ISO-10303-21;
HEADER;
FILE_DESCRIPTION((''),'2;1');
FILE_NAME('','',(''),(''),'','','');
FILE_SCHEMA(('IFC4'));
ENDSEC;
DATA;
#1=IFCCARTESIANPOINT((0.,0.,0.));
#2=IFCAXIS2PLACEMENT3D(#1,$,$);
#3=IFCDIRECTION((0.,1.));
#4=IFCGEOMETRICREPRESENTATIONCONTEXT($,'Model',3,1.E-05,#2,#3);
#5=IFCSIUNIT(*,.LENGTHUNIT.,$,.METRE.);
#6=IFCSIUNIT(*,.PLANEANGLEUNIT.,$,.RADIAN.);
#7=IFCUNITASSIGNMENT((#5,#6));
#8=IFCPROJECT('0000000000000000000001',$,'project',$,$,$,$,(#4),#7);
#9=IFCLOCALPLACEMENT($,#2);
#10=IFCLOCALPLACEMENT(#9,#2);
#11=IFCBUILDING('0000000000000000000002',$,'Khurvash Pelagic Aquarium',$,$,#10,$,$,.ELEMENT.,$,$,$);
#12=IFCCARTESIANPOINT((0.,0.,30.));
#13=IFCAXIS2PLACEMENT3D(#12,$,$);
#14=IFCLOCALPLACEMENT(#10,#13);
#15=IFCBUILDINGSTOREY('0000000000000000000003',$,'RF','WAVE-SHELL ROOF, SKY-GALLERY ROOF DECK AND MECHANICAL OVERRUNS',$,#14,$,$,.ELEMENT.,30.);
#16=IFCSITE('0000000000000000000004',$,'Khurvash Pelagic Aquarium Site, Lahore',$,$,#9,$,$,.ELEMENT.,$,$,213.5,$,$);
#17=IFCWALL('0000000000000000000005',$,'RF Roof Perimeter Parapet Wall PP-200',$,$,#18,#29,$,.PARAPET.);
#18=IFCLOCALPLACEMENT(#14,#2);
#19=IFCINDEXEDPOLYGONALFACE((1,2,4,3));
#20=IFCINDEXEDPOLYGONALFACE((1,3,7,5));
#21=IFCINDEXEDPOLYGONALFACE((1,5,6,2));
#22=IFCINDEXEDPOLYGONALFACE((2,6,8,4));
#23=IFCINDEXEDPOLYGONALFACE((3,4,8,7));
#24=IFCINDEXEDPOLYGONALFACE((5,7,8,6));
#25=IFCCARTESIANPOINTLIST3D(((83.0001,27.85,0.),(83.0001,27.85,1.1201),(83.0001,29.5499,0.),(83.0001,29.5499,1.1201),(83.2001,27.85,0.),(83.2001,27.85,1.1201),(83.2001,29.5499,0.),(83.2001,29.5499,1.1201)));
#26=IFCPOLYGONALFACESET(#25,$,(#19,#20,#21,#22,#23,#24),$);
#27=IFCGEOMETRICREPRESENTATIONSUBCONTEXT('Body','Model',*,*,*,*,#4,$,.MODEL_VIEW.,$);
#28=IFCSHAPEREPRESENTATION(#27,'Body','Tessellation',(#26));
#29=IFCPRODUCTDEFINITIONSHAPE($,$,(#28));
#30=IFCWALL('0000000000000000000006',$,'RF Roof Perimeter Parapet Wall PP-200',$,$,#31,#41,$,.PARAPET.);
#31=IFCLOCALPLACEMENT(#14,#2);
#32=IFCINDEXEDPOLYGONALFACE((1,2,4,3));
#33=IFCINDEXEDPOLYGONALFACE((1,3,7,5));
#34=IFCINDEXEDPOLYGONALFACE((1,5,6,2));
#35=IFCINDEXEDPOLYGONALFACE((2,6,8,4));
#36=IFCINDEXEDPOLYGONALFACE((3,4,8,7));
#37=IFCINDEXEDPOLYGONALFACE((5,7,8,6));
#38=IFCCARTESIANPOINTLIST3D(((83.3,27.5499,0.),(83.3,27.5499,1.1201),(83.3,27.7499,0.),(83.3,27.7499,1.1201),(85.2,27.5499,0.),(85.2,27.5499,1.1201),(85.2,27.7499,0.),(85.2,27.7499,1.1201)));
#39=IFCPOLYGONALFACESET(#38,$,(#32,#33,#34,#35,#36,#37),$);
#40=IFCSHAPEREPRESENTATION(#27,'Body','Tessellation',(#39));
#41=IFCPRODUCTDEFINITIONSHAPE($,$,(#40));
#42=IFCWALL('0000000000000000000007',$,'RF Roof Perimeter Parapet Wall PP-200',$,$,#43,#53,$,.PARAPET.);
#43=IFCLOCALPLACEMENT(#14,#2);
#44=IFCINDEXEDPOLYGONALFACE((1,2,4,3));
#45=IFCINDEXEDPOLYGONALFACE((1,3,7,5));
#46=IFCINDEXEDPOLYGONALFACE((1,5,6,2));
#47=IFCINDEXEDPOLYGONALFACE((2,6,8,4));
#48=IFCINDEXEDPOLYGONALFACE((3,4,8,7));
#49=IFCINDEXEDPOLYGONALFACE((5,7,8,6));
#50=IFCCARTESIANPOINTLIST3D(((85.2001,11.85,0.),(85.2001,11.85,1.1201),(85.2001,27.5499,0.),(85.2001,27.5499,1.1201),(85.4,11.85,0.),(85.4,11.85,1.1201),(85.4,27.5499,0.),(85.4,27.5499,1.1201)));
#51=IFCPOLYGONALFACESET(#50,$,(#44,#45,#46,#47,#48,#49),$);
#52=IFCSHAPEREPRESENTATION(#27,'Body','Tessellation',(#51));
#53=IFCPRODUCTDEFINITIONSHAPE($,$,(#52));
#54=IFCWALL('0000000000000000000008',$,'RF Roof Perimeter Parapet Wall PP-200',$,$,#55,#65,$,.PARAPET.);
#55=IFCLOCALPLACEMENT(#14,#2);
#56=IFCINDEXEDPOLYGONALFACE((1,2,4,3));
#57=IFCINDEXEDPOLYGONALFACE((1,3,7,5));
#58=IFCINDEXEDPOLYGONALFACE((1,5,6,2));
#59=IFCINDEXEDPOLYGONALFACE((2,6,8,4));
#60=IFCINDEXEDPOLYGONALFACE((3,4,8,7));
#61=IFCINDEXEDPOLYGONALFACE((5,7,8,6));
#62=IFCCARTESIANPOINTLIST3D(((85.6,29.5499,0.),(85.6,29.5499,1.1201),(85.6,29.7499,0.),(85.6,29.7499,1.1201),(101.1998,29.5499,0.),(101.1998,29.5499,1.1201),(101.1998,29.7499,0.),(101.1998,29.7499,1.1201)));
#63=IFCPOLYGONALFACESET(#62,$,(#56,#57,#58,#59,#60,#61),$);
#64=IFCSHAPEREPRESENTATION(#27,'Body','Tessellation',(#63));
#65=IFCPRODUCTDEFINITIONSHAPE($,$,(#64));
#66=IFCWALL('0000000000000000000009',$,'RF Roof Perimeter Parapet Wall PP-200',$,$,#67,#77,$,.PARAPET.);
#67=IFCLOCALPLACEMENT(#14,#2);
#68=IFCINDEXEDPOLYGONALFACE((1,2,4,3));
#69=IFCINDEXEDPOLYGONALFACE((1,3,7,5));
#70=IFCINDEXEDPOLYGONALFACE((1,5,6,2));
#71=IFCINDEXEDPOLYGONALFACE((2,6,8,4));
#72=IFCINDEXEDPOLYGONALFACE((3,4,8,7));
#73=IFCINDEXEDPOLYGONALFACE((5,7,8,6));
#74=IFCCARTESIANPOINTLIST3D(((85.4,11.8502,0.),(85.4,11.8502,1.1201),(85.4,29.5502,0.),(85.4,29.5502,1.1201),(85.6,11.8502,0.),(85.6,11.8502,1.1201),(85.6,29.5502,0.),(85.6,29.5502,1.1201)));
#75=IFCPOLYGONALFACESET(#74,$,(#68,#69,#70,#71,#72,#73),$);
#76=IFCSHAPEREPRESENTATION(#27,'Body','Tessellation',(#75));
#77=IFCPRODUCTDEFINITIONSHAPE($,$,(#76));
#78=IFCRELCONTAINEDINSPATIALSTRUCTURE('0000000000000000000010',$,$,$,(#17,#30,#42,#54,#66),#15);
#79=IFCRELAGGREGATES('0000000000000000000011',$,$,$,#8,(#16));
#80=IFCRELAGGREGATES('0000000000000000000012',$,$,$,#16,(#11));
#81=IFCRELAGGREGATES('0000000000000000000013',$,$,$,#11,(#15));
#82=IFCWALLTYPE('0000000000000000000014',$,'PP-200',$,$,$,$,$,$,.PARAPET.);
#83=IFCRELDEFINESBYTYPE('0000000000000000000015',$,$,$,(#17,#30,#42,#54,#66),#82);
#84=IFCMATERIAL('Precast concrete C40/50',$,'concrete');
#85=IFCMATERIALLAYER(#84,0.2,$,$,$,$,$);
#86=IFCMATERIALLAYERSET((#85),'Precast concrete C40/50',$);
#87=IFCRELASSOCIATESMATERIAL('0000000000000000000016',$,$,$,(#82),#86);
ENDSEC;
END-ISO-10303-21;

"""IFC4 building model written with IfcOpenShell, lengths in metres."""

from ifc_helpers import new_model, si_unit, direction, frame, frame_2d, origin, place, context, subcontext, project, spatial, rectangle, extrude, material, layer, layer_set, type_object, element, save


model = new_model("IFC4")

# Units and contexts
model_context = context("Model", 3, precision=1e-05, world=origin(), true_north=direction((0.0, 1.0)))
body_context = subcontext(model_context, "Body", "Model", "MODEL_VIEW")
ifc_project = project(units=[si_unit("LENGTHUNIT", "METRE"), si_unit("PLANEANGLEUNIT", "RADIAN")], contexts=[model_context])

# Site, building, storey
site_placement = place(None, origin())
site = spatial("IfcSite", under=ifc_project, at=site_placement, Name="Khurvash Pelagic Aquarium Site, Lahore", CompositionType="ELEMENT", RefElevation=213.5)
building_placement = place(site_placement, origin())
building = spatial("IfcBuilding", under=site, at=building_placement, Name="Khurvash Pelagic Aquarium", CompositionType="ELEMENT")
storey_placement = place(building_placement, frame((0.0, 0.0, 30.0)))
storey = spatial("IfcBuildingStorey", under=building, at=storey_placement, Name="RF", Description="WAVE-SHELL ROOF, SKY-GALLERY ROOF DECK AND MECHANICAL OVERRUNS", CompositionType="ELEMENT", Elevation=30.0)

# Walls
ifc_material_1 = material(Name="Precast concrete C40/50", Category="concrete")
ifc_layer = layer(ifc_material_1, 0.2)
ifc_layer_set = layer_set([ifc_layer], Name="Precast concrete C40/50")
wall_type = type_object("IfcWallType", Name="PP-200", PredefinedType="PARAPET", material=ifc_layer_set)
wall_1_placement = place(storey_placement, frame((83.1001, 29.55, 0.0), z_axis=(0.0, 0.0, 1.0), x_axis=(0.0, -1.0, 0.0)))
element("IfcWall", 1, at=wall_1_placement, inside=storey, type_object=wall_type, Name="RF Roof Perimeter Parapet Wall PP-200", PredefinedType="PARAPET", context=body_context, shape_type="SweptSolid", body=[
    extrude(rectangle(XDim=1.7, YDim=0.2, at=frame_2d((0.8501, 0.0))), origin(), (0.0, 0.0, 1.0), 1.1201),
])
wall_2_placement = place(storey_placement, frame((83.3, 27.6499, 0.0), z_axis=(0.0, 0.0, 1.0), x_axis=(1.0, 0.0, 0.0)))
element("IfcWall", 2, at=wall_2_placement, inside=storey, type_object=wall_type, Name="RF Roof Perimeter Parapet Wall PP-200", PredefinedType="PARAPET", context=body_context, shape_type="SweptSolid", body=[
    extrude(rectangle(XDim=1.8999, YDim=0.2, at=frame_2d((0.95, 0.0))), origin(), (0.0, 0.0, 1.0), 1.1201),
])
wall_3_placement = place(storey_placement, frame((85.3, 27.55, 0.0), z_axis=(0.0, 0.0, 1.0), x_axis=(0.0, -1.0, 0.0)))
element("IfcWall", 3, at=wall_3_placement, inside=storey, type_object=wall_type, Name="RF Roof Perimeter Parapet Wall PP-200", PredefinedType="PARAPET", context=body_context, shape_type="SweptSolid", body=[
    extrude(rectangle(XDim=15.7, YDim=0.2, at=frame_2d((7.8501, 0.0))), origin(), (0.0, 0.0, 1.0), 1.1201),
])
wall_4_placement = place(storey_placement, frame((85.6001, 29.6499, 0.0), z_axis=(0.0, 0.0, 1.0), x_axis=(1.0, 0.0, 0.0)))
element("IfcWall", 4, at=wall_4_placement, inside=storey, type_object=wall_type, Name="RF Roof Perimeter Parapet Wall PP-200", PredefinedType="PARAPET", context=body_context, shape_type="SweptSolid", body=[
    extrude(rectangle(XDim=15.5999, YDim=0.2, at=frame_2d((7.7998, 0.0))), origin(), (0.0, 0.0, 1.0), 1.1201),
])
wall_5_placement = place(storey_placement, frame((85.5, 11.8501, 0.0), z_axis=(0.0, 0.0, 1.0), x_axis=(0.0, 1.0, 0.0)))
element("IfcWall", 5, at=wall_5_placement, inside=storey, type_object=wall_type, Name="RF Roof Perimeter Parapet Wall PP-200", PredefinedType="PARAPET", context=body_context, shape_type="SweptSolid", body=[
    extrude(rectangle(XDim=17.7, YDim=0.2, at=frame_2d((8.8501, 0.0))), origin(), (0.0, 0.0, 1.0), 1.1201),
])

save(model, "model.ifc")
